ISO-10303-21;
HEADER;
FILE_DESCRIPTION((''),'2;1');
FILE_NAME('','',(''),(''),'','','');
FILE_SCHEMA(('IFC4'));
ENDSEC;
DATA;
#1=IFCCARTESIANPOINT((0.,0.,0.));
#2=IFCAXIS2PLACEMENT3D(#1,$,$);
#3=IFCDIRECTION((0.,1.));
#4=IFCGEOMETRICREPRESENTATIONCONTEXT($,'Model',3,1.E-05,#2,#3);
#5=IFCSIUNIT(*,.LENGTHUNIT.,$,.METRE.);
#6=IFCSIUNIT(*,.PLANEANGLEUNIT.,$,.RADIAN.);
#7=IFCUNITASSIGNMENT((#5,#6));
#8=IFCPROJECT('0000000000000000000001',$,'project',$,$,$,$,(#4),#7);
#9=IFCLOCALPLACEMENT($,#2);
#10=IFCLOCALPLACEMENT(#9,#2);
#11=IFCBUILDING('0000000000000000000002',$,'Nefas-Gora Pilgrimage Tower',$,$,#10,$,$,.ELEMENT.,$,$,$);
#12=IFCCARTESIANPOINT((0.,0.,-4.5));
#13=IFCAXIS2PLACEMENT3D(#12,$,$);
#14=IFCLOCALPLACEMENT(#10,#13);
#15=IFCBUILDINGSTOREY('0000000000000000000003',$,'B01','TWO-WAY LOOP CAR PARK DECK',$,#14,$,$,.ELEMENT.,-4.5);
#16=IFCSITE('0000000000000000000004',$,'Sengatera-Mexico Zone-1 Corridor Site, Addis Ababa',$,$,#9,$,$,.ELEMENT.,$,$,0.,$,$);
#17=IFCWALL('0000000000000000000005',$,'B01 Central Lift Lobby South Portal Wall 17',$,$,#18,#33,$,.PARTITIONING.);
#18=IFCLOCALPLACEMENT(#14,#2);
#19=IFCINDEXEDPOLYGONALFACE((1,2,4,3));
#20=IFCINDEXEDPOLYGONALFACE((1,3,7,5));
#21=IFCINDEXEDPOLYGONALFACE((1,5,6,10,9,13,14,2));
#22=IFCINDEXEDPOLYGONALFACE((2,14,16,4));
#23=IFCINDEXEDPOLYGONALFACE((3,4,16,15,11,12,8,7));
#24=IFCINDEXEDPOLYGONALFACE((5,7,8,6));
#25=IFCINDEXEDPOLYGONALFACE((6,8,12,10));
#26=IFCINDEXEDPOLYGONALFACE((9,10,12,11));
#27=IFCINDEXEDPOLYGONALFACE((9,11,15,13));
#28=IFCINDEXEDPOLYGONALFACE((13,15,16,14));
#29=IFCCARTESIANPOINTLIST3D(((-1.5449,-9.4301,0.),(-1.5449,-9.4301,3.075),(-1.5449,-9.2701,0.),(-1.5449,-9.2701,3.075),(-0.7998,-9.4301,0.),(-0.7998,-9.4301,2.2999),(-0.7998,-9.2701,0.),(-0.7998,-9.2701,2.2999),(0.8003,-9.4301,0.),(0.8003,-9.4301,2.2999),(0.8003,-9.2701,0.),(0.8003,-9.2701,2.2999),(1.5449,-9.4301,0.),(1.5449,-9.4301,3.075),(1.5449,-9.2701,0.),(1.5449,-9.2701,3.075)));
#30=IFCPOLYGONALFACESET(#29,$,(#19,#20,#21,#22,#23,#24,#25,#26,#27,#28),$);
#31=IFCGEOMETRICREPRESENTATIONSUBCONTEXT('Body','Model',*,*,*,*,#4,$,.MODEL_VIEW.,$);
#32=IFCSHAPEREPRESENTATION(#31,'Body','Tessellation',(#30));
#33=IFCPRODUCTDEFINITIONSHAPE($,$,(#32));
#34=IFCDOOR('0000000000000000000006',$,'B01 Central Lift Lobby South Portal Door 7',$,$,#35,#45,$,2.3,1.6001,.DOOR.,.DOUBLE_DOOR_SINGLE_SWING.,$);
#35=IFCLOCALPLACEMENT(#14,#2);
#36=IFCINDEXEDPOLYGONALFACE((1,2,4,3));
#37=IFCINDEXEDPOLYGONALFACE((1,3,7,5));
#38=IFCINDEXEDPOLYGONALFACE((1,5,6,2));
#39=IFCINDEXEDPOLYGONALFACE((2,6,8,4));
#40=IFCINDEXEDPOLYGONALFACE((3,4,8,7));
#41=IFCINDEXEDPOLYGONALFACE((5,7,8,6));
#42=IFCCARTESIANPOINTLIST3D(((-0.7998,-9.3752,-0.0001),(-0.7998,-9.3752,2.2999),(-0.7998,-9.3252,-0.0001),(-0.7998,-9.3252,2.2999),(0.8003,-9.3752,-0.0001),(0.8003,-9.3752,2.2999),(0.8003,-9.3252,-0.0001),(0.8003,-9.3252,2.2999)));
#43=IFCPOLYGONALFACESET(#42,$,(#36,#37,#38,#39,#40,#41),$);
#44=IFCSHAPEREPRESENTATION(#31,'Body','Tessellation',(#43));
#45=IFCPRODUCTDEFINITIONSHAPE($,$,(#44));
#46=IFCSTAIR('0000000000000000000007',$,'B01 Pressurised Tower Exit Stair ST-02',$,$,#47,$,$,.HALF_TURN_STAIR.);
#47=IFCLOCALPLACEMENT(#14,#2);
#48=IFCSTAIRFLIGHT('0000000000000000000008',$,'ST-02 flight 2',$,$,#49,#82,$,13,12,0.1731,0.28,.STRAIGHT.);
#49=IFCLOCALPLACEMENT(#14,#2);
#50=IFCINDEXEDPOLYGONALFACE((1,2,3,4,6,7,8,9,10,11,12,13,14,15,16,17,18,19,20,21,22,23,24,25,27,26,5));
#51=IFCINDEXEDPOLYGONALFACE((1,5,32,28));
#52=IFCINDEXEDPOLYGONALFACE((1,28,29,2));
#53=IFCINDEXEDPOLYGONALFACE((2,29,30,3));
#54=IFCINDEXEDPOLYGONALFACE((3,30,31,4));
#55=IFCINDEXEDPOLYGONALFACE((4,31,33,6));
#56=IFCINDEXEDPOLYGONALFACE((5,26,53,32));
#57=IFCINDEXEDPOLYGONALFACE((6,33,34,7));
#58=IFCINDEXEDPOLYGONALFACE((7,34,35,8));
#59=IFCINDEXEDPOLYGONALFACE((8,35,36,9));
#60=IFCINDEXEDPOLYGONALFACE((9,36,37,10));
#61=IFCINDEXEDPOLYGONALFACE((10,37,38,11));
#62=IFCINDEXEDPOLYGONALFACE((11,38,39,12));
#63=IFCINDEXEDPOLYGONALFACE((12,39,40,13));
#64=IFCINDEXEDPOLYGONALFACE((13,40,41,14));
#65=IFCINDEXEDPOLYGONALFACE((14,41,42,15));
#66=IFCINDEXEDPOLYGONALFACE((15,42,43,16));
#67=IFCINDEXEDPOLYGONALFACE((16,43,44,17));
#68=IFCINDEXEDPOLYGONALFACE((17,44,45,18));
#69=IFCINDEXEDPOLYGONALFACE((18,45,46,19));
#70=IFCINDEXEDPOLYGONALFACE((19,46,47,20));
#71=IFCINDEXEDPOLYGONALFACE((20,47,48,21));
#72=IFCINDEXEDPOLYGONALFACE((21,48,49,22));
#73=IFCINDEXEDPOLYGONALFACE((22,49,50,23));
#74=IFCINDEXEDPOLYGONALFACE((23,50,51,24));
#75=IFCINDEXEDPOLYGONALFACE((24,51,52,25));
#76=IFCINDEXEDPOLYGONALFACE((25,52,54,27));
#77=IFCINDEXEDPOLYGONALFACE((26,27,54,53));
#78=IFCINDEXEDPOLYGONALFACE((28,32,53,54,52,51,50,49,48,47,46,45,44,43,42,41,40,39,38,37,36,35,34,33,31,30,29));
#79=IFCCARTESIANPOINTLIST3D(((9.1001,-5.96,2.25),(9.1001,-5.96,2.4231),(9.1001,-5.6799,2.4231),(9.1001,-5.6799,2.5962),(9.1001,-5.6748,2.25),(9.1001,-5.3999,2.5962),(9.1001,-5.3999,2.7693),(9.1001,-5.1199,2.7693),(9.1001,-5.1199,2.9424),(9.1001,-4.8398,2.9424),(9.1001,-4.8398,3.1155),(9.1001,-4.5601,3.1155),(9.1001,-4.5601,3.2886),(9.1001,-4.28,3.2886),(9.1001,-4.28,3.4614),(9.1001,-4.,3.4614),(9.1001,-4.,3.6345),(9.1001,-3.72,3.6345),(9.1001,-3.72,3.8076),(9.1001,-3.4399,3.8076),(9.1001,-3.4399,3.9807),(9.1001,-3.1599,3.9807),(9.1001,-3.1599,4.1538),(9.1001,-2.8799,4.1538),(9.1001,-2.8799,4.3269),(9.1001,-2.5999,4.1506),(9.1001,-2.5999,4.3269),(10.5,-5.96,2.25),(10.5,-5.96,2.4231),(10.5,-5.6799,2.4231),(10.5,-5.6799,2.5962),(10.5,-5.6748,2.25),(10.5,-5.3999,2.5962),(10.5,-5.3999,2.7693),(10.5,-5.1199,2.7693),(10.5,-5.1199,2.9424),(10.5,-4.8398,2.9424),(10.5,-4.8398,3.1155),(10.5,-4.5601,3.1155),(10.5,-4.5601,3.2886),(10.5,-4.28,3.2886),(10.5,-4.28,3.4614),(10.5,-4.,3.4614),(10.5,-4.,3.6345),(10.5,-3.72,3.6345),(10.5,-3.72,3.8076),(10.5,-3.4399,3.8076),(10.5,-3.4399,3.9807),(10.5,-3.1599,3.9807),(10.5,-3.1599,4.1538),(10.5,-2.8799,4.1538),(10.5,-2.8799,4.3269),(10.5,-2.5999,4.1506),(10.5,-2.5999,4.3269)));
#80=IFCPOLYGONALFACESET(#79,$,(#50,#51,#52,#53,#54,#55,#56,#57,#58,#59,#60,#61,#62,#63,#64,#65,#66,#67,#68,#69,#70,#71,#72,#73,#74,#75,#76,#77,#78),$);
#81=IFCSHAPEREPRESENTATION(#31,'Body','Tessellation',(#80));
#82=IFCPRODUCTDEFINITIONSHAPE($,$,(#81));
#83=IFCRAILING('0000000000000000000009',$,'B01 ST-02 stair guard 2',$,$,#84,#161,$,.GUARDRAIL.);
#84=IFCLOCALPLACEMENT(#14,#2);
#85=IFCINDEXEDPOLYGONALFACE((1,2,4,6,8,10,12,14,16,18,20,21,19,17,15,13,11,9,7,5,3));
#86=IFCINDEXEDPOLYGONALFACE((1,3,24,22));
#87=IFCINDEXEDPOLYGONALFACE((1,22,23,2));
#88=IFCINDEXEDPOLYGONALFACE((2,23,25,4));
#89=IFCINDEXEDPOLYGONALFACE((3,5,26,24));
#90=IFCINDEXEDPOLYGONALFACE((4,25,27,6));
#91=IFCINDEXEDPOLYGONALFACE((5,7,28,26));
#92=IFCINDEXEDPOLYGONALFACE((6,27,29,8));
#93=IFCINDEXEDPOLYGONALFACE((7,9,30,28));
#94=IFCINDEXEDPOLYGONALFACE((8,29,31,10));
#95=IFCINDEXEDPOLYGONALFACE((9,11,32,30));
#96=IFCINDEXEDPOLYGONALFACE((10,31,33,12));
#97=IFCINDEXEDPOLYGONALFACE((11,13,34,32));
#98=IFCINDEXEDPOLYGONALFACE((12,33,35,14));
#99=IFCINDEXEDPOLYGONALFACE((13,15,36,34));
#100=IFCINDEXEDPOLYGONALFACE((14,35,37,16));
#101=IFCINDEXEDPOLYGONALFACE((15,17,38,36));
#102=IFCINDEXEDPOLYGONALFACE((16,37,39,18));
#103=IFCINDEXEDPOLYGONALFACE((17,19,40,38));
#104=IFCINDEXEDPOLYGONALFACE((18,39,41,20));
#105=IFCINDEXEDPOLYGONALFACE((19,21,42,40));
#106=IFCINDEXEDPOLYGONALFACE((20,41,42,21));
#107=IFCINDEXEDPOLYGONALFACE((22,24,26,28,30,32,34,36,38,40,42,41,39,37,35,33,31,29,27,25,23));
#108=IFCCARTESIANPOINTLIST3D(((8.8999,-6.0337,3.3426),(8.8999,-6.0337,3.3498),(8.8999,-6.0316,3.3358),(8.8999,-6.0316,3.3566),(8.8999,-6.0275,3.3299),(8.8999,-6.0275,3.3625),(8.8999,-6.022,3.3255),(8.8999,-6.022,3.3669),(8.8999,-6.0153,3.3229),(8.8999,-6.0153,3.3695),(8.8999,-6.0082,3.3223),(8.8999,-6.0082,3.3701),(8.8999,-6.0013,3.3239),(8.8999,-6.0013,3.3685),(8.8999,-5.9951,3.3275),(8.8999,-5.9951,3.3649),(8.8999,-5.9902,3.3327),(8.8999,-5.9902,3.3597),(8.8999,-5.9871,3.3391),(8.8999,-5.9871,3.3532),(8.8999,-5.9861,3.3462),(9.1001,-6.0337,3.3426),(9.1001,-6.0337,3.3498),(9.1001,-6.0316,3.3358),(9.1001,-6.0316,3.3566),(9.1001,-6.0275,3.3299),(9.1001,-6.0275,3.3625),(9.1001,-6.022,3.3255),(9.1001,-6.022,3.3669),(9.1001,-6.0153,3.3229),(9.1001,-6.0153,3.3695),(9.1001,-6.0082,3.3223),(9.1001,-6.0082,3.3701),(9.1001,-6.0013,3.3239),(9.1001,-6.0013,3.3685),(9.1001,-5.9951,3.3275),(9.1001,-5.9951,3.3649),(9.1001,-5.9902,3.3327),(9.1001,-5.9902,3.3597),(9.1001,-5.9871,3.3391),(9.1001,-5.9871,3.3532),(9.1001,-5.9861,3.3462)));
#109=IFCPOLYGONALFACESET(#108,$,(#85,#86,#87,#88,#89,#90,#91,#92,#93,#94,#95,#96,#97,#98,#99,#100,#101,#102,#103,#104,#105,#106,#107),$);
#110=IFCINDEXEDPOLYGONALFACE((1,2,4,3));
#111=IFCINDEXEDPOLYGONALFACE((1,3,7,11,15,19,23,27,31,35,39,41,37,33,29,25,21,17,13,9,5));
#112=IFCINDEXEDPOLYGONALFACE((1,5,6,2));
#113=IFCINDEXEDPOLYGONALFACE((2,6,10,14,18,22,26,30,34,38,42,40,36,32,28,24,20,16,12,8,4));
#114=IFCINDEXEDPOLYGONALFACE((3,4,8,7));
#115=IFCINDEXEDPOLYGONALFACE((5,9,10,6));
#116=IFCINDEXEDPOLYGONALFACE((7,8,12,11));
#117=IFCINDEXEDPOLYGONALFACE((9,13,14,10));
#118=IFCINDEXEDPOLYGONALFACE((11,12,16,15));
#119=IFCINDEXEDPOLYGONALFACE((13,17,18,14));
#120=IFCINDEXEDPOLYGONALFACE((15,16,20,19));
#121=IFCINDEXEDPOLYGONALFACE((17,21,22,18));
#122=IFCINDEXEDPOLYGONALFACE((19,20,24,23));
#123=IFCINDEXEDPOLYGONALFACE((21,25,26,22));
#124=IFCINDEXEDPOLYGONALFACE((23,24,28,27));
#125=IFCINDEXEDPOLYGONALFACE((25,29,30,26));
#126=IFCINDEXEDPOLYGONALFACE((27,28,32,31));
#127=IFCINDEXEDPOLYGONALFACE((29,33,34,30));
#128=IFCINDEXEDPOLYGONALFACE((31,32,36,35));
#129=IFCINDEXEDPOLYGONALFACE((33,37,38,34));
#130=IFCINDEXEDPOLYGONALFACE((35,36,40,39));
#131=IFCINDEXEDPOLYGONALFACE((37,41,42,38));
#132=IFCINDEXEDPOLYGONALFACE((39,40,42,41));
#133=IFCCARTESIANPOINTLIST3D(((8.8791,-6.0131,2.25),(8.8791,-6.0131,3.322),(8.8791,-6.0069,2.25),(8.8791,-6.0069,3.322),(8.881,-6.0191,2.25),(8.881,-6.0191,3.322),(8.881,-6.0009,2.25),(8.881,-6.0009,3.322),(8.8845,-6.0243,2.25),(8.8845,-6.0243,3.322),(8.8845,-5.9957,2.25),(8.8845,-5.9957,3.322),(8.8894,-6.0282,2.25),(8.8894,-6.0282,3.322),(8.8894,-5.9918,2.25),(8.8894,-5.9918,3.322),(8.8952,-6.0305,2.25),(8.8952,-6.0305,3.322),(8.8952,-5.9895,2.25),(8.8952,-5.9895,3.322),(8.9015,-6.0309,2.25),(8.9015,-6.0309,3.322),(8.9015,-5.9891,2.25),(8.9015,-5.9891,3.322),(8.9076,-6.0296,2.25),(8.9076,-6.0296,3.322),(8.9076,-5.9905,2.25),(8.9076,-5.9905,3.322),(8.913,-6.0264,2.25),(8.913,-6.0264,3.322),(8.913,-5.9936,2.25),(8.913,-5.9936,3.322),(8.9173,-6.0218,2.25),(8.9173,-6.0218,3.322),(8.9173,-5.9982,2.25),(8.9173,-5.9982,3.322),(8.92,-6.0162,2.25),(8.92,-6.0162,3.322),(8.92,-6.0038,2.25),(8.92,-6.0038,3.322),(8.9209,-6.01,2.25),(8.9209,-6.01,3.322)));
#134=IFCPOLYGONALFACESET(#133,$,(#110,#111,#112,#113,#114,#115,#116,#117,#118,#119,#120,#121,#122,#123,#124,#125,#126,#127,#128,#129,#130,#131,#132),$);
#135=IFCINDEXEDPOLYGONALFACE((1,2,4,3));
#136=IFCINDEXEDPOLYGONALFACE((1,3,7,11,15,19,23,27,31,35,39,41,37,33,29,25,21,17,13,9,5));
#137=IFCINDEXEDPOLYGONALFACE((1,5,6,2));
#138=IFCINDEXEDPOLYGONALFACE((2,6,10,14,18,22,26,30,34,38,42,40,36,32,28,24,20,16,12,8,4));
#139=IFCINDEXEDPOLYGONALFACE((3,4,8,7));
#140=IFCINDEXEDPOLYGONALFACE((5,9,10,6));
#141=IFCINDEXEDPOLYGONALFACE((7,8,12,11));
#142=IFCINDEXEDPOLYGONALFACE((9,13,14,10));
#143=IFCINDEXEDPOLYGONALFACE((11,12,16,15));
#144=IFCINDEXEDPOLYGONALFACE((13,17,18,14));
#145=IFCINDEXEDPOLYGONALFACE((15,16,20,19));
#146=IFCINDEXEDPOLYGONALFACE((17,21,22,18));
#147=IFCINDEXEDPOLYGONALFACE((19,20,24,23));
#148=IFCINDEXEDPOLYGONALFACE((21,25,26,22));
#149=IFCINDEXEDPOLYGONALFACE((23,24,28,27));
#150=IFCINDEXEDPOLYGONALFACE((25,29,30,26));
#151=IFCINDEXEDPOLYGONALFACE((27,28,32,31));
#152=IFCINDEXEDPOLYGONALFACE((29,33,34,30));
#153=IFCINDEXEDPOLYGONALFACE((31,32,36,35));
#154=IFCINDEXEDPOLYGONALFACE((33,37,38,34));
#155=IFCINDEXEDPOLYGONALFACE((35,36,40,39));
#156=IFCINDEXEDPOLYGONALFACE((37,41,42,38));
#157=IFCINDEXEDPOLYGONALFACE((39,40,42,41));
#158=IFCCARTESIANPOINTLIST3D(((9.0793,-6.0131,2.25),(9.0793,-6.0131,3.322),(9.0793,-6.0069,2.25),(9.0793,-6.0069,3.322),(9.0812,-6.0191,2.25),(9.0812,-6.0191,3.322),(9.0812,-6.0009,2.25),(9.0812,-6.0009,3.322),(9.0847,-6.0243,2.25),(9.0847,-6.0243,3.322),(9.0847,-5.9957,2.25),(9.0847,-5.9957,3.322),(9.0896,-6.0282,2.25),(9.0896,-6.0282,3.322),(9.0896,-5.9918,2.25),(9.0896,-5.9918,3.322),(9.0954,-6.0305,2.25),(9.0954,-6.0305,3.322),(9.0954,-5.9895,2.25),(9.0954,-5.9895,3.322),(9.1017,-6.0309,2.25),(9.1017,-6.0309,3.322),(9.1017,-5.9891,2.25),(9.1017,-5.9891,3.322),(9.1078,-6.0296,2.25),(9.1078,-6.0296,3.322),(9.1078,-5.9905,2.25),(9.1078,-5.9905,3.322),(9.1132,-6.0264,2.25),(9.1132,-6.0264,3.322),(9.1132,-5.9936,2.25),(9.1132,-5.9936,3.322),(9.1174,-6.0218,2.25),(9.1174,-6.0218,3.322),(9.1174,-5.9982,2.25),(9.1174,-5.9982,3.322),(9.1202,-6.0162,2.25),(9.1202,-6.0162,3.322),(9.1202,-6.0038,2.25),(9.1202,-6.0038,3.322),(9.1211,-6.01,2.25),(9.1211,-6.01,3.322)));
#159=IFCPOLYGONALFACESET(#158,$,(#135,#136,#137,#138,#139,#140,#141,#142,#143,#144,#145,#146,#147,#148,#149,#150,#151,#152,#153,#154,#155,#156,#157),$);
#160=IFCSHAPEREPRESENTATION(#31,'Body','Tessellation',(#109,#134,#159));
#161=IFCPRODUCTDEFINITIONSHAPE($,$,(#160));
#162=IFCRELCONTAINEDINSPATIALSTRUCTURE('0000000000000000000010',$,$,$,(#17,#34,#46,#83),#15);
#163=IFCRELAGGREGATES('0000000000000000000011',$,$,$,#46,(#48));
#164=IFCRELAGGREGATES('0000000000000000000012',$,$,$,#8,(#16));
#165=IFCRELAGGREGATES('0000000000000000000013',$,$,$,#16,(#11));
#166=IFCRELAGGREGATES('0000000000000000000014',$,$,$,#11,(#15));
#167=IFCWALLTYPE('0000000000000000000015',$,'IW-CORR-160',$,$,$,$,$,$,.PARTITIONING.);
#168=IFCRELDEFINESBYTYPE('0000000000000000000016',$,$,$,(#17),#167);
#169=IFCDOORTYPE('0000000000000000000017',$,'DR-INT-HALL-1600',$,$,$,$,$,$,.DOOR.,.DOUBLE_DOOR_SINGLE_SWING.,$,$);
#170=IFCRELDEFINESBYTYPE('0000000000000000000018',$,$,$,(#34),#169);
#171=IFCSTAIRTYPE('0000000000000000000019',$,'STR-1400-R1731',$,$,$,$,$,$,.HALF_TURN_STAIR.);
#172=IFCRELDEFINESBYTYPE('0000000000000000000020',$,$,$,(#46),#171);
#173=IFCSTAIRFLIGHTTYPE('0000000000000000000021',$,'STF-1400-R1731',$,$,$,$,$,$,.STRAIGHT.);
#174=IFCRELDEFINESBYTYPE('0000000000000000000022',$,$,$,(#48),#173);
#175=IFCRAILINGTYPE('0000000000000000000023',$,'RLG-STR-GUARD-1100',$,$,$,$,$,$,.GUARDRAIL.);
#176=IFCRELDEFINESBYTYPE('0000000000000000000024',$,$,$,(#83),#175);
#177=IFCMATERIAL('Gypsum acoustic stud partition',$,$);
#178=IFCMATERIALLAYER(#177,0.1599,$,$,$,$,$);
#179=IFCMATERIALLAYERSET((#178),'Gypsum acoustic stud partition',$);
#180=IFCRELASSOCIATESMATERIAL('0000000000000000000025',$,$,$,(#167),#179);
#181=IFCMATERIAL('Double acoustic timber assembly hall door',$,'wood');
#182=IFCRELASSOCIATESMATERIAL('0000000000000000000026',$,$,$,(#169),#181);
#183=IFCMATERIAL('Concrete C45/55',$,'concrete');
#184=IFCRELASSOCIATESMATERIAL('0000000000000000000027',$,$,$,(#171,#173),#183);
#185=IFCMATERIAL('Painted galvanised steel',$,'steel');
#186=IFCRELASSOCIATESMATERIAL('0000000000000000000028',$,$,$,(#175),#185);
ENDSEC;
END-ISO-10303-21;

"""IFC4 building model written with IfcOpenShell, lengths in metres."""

from ifc_helpers import new_model, si_unit, direction, frame, frame_2d, origin, origin_2d, place, context, subcontext, project, spatial, polyline, rectangle, circle, outline, extrude, source, transform, mapped, material, layer, layer_set, type_object, element, fill, aggregate, save


model = new_model("IFC4")

# Units and contexts
model_context = context("Model", 3, precision=1e-05, world=origin(), true_north=direction((0.0, 1.0)))
body_context = subcontext(model_context, "Body", "Model", "MODEL_VIEW")
ifc_project = project(units=[si_unit("LENGTHUNIT", "METRE"), si_unit("PLANEANGLEUNIT", "RADIAN")], contexts=[model_context])

# Site, building, storey
site_placement = place(None, origin())
site = spatial("IfcSite", under=ifc_project, at=site_placement, Name="Sengatera-Mexico Zone-1 Corridor Site, Addis Ababa", CompositionType="ELEMENT", RefElevation=0.0)
building_placement = place(site_placement, origin())
building = spatial("IfcBuilding", under=site, at=building_placement, Name="Nefas-Gora Pilgrimage Tower", CompositionType="ELEMENT")
storey_placement = place(building_placement, frame((0.0, 0.0, -4.5)))
storey = spatial("IfcBuildingStorey", under=building, at=storey_placement, Name="B01", Description="TWO-WAY LOOP CAR PARK DECK", CompositionType="ELEMENT", Elevation=-4.5)

# Shared definitions
ifc_material_1 = material(Name="Concrete C45/55", Category="concrete")

# Wall, opening, door
ifc_material_2 = material(Name="Gypsum acoustic stud partition")
ifc_layer_1 = layer(ifc_material_2, 0.1599)
ifc_layer_set_1 = layer_set([ifc_layer_1], Name="Gypsum acoustic stud partition")
wall_type_1 = type_object("IfcWallType", Name="IW-CORR-160", PredefinedType="PARTITIONING", material=ifc_layer_set_1)
shared_shape_1 = source(origin(), body_context, "Body", "SweptSolid", [
    extrude(rectangle(XDim=3.0898, YDim=0.1599, at=frame_2d((1.5449, 0.0))), origin(), (0.0, 0.0, 1.0), 3.075),
])
wall_1_placement = place(storey_placement, frame((-1.5449, -9.3501, 0.0), z_axis=(0.0, 0.0, 1.0), x_axis=(1.0, 0.0, 0.0)))
wall_1 = element("IfcWall", 1, at=wall_1_placement, inside=storey, type_object=wall_type_1, Name="B01 Central Lift Lobby South Portal Wall 17", PredefinedType="PARTITIONING", context=body_context, shape_type="MappedRepresentation", body=[
    mapped(shared_shape_1, transform((0.0, 0.0, 0.0), x_axis=(1.0, 0.0, 0.0), y_axis=(0.0, 1.0, 0.0), z_axis=(0.0, 0.0, 1.0), scale=1.0)),
])
opening_1_placement = place(wall_1_placement, frame((0.7451, 0.0, 0.0)))
opening_1 = element("IfcOpeningElement", 2, at=opening_1_placement, cuts=wall_1, PredefinedType="OPENING", context=body_context, shape_type="SweptSolid", body=[
    extrude(rectangle(XDim=1.6001, YDim=2.3, at=frame_2d((0.8, 1.1499))), frame((0.0, 0.0898, 0.0), z_axis=(0.0, -1.0, 0.0), x_axis=(1.0, 0.0, 0.0)), (0.0, 0.0, 1.0), 0.1799),
])
ifc_material_3 = material(Name="Double acoustic timber assembly hall door", Category="wood")
door_type_1 = type_object("IfcDoorType", Name="DR-INT-HALL-1600", OperationType="DOUBLE_DOOR_SINGLE_SWING", PredefinedType="DOOR", material=ifc_material_3)
shared_shape_2 = source(origin(), body_context, "Body", "SweptSolid", [
    extrude(rectangle(XDim=1.6001, YDim=2.3, at=frame_2d((0.8, 1.1499))), frame((0.0, 0.0249, 0.0), z_axis=(0.0, -1.0, 0.0), x_axis=(1.0, 0.0, 0.0)), (0.0, 0.0, 1.0), 0.05),
])
door_1_placement = place(opening_1_placement, origin())
door_1 = element("IfcDoor", 3, at=door_1_placement, inside=storey, type_object=door_type_1, Name="B01 Central Lift Lobby South Portal Door 7", OperationType="DOUBLE_DOOR_SINGLE_SWING", OverallHeight=2.3, OverallWidth=1.6001, PredefinedType="DOOR", context=body_context, shape_type="MappedRepresentation", body=[
    mapped(shared_shape_2, transform((0.0, 0.0, 0.0), x_axis=(1.0, 0.0, 0.0), y_axis=(0.0, 1.0, 0.0), z_axis=(0.0, 0.0, 1.0), scale=1.0)),
])
fill(opening_1, door_1)

# Stair, stair flight
stair_type = type_object("IfcStairType", Name="STR-1400-R1731", PredefinedType="HALF_TURN_STAIR", material=ifc_material_1)
stair_placement = place(storey_placement, origin())
stair = element("IfcStair", 4, at=stair_placement, inside=storey, type_object=stair_type, Name="B01 Pressurised Tower Exit Stair ST-02", PredefinedType="HALF_TURN_STAIR")
stair_flight_type = type_object("IfcStairFlightType", Name="STF-1400-R1731", PredefinedType="STRAIGHT", material=ifc_material_1)
shared_shape_3 = source(origin(), body_context, "Body", "SweptSolid", [
    extrude(outline(polyline([(0.0, 0.0), (0.0, 0.1731), (0.28, 0.1731), (0.28, 0.3462), (0.5601, 0.3462), (0.5601, 0.5193), (0.8401, 0.5193), (0.8401, 0.6924), (1.1201, 0.6924), (1.1201, 0.8655), (1.3999, 0.8655), (1.3999, 1.0386), (1.6799, 1.0386), (1.6799, 1.2114), (1.96, 1.2114), (1.96, 1.3845), (2.24, 1.3845), (2.24, 1.5576), (2.52, 1.5576), (2.52, 1.7307), (2.8, 1.7307), (2.8, 1.9038), (3.0801, 1.9038), (3.0801, 2.0769), (3.3601, 2.0769), (3.3601, 2.25), (3.3601, 1.9006), (0.2852, 0.0), (0.0, 0.0)])), frame((0.0, 0.7, 0.0), z_axis=(0.0, -1.0, 0.0), x_axis=(1.0, 0.0, 0.0)), (0.0, 0.0, 1.0), 1.3999),
])
stair_flight_placement = place(storey_placement, frame((9.8, -5.96, 2.25), z_axis=(0.0, 0.0, 1.0), x_axis=(0.0, 1.0, 0.0)))
stair_flight = element("IfcStairFlight", 5, at=stair_flight_placement, type_object=stair_flight_type, Name="ST-02 flight 2", NumberOfRisers=13, NumberOfTreads=12, PredefinedType="STRAIGHT", RiserHeight=0.1731, TreadLength=0.28, context=body_context, shape_type="MappedRepresentation", body=[
    mapped(shared_shape_3, transform((0.0, 0.0, 0.0), x_axis=(1.0, 0.0, 0.0), y_axis=(0.0, 1.0, 0.0), z_axis=(0.0, 0.0, 1.0), scale=1.0)),
])
aggregate(stair, [stair_flight])

# Railing
ifc_material_4 = material(Name="Painted galvanised steel", Category="steel")
railing_type_1 = type_object("IfcRailingType", Name="RLG-STR-GUARD-1100", PredefinedType="GUARDRAIL", material=ifc_material_4)
railing_1_placement = place(storey_placement, frame((8.8999, -6.01, 2.25)))
element("IfcRailing", 6, at=railing_1_placement, inside=storey, type_object=railing_type_1, Name="B01 ST-02 stair guard 2", PredefinedType="GUARDRAIL", context=body_context, shape_type="SweptSolid", body=[
    extrude(circle(Radius=0.0239, at=origin_2d()), frame((0.0, 0.0, 1.0962), z_axis=(1.0, 0.0, 0.0), x_axis=(0.0, 1.0, 0.0)), (0.0, 0.0, 1.0), 0.2002),
    extrude(circle(Radius=0.021, at=origin_2d()), origin(), (0.0, 0.0, 1.0), 1.072),
    extrude(circle(Radius=0.021, at=origin_2d()), frame((0.2002, 0.0, 0.0)), (0.0, 0.0, 1.0), 1.072),
])

save(model, "model.ifc")
